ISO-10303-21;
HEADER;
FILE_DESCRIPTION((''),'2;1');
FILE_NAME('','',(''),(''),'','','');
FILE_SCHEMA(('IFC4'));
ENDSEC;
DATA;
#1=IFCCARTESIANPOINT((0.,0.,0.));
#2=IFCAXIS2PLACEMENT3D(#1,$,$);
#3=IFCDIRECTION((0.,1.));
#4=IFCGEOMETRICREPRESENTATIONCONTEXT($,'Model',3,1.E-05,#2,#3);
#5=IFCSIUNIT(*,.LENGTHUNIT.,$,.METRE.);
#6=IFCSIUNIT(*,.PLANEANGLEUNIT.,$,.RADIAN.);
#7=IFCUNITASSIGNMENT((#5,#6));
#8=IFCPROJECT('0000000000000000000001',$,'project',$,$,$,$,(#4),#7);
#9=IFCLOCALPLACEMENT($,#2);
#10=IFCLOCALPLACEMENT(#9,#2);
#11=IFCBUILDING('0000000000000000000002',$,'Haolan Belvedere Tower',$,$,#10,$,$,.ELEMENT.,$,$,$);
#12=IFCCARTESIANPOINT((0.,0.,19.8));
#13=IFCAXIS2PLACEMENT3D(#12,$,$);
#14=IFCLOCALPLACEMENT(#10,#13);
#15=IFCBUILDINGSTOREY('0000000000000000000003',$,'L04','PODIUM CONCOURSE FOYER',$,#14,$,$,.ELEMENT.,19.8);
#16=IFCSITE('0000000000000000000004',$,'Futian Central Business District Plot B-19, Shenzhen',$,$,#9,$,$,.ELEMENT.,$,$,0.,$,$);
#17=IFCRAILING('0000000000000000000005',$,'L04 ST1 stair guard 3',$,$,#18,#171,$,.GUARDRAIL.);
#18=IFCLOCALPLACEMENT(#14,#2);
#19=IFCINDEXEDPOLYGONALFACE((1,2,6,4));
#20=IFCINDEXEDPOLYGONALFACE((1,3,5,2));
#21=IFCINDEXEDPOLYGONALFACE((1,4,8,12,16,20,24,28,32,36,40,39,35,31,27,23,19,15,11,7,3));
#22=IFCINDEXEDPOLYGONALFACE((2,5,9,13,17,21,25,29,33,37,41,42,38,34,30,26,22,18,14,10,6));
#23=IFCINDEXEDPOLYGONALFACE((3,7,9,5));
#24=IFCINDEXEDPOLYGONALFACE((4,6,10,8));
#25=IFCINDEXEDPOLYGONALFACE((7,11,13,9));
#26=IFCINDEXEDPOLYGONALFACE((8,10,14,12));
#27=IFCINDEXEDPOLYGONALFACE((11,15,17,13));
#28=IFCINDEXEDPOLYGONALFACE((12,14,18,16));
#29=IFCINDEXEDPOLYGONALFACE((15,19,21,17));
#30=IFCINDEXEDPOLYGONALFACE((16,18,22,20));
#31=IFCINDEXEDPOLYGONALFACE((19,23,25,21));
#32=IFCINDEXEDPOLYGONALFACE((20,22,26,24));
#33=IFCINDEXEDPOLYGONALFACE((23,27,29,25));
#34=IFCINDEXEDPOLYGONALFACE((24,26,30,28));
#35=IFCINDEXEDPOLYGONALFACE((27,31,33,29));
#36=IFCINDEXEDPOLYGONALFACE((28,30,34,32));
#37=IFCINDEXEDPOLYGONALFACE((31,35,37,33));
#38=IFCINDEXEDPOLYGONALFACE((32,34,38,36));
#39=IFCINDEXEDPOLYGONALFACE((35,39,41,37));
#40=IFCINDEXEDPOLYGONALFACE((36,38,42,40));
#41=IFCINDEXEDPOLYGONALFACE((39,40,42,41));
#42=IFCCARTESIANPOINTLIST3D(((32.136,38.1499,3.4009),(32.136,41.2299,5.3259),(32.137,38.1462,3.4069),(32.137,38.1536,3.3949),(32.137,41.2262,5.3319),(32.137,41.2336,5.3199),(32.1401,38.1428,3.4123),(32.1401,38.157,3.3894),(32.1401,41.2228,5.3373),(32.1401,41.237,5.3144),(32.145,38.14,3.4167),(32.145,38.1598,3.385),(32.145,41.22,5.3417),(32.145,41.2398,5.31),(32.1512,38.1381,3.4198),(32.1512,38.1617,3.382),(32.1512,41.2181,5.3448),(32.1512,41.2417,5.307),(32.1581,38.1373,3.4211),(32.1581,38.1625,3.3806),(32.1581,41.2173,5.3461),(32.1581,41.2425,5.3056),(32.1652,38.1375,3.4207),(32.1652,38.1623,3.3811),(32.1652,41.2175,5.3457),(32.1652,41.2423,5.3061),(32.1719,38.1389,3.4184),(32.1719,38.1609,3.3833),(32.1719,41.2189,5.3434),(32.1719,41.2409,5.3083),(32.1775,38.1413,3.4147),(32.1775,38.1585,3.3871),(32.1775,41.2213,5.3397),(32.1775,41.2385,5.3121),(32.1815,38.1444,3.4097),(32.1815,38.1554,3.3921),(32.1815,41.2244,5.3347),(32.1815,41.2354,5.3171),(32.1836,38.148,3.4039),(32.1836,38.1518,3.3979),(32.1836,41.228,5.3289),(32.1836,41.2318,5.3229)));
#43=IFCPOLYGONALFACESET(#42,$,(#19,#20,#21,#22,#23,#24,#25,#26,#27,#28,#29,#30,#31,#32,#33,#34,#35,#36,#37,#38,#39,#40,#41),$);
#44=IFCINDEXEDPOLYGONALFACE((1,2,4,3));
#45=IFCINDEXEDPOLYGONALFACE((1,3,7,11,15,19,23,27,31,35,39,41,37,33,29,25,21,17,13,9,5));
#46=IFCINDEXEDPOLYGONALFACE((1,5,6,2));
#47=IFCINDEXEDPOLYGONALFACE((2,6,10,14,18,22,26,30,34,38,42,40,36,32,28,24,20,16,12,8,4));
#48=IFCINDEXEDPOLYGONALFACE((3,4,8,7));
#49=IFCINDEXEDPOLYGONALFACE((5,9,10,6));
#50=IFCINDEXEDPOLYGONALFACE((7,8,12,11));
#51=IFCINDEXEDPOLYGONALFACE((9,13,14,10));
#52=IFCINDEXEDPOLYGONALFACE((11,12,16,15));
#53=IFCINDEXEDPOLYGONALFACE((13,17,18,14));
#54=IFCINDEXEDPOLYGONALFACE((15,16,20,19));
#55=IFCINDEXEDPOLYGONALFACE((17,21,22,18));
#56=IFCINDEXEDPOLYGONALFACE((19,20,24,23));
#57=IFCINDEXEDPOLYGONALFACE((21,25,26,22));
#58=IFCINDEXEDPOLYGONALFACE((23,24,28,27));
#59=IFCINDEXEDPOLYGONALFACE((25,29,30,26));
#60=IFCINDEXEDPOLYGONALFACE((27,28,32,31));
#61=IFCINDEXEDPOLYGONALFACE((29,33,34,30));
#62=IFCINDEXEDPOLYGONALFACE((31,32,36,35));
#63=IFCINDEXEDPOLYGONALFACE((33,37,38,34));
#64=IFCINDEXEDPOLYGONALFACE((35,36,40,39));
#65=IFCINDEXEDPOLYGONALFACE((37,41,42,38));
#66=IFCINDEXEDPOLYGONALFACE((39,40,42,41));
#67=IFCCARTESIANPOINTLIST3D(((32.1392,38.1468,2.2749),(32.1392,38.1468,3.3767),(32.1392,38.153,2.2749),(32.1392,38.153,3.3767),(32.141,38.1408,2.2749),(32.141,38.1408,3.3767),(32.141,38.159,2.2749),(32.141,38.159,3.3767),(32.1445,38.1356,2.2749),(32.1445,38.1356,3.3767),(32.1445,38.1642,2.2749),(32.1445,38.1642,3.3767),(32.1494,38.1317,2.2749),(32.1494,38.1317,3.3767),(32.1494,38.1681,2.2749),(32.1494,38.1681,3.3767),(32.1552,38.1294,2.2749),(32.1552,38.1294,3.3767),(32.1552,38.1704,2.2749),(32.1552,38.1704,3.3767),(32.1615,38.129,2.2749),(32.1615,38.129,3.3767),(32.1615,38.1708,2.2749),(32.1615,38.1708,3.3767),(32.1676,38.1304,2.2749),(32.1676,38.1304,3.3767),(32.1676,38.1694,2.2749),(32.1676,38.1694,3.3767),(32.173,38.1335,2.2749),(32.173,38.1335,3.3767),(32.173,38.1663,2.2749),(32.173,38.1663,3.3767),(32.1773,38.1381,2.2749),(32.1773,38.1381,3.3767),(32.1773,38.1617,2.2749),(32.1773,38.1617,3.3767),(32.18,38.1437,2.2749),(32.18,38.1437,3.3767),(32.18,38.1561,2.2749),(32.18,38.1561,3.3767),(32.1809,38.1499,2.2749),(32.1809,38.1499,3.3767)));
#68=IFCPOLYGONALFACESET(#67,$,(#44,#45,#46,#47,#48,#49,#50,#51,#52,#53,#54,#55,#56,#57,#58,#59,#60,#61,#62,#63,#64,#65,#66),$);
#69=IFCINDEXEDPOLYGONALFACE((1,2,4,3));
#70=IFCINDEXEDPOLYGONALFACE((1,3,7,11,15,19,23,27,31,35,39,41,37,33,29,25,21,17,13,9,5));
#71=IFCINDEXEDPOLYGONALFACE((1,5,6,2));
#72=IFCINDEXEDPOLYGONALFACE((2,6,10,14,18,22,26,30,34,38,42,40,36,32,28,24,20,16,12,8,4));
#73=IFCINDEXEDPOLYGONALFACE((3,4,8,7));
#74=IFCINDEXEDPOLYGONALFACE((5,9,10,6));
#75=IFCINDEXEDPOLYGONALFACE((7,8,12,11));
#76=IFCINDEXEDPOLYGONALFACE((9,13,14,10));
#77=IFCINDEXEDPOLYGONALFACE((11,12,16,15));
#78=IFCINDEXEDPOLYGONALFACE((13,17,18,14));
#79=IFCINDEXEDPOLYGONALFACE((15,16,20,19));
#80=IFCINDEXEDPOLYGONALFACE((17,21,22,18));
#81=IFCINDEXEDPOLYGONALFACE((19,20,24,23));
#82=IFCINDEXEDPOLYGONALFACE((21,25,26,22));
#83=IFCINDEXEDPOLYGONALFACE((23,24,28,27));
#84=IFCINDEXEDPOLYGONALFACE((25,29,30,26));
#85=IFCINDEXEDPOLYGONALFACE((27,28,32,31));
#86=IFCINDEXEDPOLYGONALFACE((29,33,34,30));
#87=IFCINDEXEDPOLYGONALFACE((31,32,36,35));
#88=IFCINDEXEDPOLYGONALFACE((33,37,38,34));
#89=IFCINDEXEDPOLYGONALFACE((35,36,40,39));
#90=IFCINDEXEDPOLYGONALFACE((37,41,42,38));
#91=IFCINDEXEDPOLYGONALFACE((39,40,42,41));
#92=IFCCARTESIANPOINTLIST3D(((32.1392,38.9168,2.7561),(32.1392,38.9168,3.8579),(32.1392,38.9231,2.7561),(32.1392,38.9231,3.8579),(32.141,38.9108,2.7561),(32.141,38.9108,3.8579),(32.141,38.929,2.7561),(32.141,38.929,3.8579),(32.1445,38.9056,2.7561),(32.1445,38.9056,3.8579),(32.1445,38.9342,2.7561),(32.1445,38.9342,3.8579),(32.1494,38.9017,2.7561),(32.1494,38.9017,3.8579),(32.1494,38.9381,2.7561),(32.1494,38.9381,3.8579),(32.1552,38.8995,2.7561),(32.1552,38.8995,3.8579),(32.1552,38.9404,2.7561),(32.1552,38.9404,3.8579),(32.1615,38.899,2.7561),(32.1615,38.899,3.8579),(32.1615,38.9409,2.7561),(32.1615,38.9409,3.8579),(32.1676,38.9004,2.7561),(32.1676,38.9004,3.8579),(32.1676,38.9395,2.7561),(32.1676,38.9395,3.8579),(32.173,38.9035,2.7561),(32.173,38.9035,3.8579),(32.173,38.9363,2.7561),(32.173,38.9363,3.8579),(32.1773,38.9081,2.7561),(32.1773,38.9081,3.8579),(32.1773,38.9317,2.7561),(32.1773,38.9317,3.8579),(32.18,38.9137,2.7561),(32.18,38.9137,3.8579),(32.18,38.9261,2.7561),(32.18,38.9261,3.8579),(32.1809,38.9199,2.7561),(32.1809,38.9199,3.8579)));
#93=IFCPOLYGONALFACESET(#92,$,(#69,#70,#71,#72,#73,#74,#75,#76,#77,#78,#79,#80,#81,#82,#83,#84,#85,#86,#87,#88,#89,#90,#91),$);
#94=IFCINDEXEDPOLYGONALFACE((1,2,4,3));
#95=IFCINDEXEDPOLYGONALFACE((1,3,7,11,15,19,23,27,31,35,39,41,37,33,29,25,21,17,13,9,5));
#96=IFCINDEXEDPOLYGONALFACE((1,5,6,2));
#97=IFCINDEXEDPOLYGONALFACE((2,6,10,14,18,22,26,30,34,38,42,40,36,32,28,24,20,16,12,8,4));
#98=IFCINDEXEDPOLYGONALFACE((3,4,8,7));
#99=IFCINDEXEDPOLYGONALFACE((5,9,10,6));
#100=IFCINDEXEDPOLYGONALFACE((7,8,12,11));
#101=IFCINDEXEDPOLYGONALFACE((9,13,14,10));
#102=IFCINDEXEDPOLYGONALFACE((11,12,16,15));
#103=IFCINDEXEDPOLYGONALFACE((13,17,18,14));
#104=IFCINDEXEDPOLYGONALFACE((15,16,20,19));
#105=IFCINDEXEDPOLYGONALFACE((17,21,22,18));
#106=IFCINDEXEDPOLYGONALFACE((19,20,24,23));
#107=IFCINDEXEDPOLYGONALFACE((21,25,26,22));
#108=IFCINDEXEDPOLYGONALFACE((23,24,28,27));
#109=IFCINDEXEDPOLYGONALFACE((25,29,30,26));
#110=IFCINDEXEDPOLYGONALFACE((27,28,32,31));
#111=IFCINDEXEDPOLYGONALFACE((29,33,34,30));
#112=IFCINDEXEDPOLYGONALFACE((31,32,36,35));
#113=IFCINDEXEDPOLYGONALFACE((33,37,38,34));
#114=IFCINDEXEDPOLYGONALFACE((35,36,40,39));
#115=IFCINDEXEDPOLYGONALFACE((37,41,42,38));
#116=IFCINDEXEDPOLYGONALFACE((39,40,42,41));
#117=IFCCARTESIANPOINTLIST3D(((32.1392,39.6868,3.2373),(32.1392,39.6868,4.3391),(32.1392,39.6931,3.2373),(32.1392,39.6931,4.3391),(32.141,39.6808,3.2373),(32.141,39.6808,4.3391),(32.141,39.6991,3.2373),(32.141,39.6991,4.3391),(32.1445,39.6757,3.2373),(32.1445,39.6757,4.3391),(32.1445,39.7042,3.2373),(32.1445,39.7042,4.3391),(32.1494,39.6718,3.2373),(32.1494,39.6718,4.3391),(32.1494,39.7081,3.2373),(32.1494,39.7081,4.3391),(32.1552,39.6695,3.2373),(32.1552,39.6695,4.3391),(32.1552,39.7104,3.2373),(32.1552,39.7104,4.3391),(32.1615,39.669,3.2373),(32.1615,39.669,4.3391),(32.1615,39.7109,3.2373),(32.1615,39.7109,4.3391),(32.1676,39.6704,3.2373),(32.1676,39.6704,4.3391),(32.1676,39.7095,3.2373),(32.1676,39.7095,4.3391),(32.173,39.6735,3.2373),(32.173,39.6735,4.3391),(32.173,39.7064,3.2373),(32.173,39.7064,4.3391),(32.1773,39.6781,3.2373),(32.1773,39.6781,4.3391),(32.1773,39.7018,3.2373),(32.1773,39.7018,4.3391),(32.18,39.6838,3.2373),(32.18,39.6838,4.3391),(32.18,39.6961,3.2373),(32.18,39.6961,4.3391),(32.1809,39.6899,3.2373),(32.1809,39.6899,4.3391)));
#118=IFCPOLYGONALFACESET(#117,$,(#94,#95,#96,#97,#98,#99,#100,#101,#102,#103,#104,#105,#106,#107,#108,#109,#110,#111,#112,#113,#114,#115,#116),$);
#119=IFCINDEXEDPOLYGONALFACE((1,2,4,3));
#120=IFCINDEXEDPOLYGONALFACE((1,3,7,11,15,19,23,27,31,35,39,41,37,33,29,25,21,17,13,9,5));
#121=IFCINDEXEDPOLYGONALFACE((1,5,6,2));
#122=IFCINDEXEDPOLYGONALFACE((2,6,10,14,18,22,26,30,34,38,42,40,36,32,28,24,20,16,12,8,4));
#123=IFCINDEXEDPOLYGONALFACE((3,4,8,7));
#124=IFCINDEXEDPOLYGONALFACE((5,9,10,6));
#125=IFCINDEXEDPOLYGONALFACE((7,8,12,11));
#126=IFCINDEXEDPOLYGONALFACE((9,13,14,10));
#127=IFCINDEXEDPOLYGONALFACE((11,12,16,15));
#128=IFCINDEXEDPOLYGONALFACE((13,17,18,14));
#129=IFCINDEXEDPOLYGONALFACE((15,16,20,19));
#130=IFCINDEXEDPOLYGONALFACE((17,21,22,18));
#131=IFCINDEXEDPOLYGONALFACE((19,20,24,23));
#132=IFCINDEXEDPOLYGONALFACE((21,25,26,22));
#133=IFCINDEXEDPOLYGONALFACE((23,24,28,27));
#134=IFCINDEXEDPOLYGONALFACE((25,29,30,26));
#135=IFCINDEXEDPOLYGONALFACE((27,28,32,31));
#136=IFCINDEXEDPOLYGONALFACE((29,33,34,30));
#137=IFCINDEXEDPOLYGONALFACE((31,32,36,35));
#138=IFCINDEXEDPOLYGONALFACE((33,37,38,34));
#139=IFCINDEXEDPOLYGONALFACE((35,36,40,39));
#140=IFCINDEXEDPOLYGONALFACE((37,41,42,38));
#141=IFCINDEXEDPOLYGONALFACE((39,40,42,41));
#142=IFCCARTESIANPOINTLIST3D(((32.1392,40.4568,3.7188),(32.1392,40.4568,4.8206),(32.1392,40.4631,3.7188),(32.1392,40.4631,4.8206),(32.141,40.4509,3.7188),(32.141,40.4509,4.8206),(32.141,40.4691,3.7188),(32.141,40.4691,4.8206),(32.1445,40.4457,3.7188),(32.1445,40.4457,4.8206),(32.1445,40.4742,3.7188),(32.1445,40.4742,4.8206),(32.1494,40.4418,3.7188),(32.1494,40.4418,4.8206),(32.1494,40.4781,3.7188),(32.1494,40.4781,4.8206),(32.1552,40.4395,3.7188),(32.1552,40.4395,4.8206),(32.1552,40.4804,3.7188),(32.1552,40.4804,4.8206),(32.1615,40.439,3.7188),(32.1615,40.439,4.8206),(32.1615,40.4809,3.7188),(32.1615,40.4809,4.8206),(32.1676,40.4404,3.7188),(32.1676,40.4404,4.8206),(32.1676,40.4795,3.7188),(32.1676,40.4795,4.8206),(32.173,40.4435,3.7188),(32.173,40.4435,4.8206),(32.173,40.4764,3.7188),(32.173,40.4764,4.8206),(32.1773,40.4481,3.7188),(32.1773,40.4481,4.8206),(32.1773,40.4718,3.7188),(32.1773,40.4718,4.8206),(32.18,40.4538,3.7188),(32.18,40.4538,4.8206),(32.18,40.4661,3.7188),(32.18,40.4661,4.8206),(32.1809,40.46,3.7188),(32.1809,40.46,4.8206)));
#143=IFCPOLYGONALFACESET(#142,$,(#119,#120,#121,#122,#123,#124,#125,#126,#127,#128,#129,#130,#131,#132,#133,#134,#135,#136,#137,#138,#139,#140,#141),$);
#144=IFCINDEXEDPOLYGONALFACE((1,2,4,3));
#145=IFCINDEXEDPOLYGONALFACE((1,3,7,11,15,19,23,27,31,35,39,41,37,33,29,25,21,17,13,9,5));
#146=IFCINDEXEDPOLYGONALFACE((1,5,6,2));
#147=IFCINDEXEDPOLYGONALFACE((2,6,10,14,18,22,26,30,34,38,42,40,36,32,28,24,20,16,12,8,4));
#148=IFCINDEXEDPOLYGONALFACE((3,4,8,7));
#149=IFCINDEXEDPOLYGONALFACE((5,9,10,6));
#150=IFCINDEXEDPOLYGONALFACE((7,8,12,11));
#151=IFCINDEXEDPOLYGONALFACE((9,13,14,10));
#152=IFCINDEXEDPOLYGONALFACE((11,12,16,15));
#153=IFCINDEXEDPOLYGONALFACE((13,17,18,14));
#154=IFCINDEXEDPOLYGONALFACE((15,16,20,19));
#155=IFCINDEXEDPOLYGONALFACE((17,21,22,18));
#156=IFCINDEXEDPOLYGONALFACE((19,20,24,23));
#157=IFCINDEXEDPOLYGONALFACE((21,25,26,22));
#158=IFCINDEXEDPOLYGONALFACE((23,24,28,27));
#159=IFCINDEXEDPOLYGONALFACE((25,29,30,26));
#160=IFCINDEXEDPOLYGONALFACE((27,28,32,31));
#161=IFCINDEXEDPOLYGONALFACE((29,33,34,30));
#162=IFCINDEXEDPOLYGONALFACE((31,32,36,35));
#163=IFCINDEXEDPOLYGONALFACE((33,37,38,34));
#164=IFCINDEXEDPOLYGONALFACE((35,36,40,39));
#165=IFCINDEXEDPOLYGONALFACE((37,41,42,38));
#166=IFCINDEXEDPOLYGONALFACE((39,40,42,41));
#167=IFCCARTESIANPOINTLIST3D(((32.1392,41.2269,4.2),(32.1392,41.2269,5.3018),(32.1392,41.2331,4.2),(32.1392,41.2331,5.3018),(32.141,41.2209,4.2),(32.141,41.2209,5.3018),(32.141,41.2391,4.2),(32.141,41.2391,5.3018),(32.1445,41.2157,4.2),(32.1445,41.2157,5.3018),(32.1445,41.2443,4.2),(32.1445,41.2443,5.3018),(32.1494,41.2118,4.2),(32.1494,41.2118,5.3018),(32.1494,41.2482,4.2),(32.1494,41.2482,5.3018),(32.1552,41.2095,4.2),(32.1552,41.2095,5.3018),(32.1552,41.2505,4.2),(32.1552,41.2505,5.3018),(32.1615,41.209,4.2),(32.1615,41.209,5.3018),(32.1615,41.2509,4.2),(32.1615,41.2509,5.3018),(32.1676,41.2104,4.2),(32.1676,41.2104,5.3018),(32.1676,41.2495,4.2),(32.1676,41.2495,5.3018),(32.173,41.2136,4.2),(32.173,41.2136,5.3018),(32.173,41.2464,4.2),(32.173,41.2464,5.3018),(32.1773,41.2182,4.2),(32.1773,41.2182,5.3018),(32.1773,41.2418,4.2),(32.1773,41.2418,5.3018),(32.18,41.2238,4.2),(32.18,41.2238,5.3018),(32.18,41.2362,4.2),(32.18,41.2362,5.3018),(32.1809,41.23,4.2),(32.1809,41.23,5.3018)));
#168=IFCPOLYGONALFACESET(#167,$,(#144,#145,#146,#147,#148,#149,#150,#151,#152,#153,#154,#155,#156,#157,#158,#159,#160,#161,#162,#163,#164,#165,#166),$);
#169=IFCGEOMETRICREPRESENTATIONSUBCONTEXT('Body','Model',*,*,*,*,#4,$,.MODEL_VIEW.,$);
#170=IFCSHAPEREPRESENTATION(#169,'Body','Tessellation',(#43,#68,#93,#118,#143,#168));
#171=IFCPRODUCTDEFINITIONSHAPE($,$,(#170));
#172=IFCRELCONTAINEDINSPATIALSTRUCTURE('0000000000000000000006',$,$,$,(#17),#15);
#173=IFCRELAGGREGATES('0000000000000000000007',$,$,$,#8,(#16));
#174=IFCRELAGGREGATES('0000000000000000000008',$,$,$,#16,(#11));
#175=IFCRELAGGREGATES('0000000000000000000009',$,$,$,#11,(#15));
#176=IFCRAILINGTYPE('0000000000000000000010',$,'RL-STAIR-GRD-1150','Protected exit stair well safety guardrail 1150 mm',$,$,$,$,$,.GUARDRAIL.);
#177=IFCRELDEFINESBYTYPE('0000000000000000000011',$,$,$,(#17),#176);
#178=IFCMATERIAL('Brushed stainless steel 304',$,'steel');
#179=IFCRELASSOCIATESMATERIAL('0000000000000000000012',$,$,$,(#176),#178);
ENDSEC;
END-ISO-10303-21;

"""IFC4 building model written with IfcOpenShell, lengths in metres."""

from ifc_helpers import new_model, si_unit, direction, frame, origin, origin_2d, place, context, subcontext, project, spatial, circle, extrude, material, type_object, element, save


model = new_model("IFC4")

# Units and contexts
model_context = context("Model", 3, precision=1e-05, world=origin(), true_north=direction((0.0, 1.0)))
body_context = subcontext(model_context, "Body", "Model", "MODEL_VIEW")
ifc_project = project(units=[si_unit("LENGTHUNIT", "METRE"), si_unit("PLANEANGLEUNIT", "RADIAN")], contexts=[model_context])

# Site, building, storey
site_placement = place(None, origin())
site = spatial("IfcSite", under=ifc_project, at=site_placement, Name="Futian Central Business District Plot B-19, Shenzhen", CompositionType="ELEMENT", RefElevation=0.0)
building_placement = place(site_placement, origin())
building = spatial("IfcBuilding", under=site, at=building_placement, Name="Haolan Belvedere Tower", CompositionType="ELEMENT")
storey_placement = place(building_placement, frame((0.0, 0.0, 19.8)))
storey = spatial("IfcBuildingStorey", under=building, at=storey_placement, Name="L04", Description="PODIUM CONCOURSE FOYER", CompositionType="ELEMENT", Elevation=19.8)

# Railing
ifc_material_1 = material(Name="Brushed stainless steel 304", Category="steel")
railing_type_1 = type_object("IfcRailingType", Name="RL-STAIR-GRD-1150", Description="Protected exit stair well safety guardrail 1150 mm", PredefinedType="GUARDRAIL", material=ifc_material_1)
railing_1_placement = place(storey_placement, frame((32.1599, 38.1499, 2.2749)))
element("IfcRailing", 1, at=railing_1_placement, inside=storey, type_object=railing_type_1, Name="L04 ST1 stair guard 3", PredefinedType="GUARDRAIL", context=body_context, shape_type="SweptSolid", body=[
    extrude(circle(Radius=0.0239, at=origin_2d()), frame((0.0, 0.0, 1.126), z_axis=(0.0, 0.847998, 0.529999), x_axis=(-1.0, 0.0, 0.0)), (0.0, 0.0, 1.0), 3.6321),
    extrude(circle(Radius=0.021, at=origin_2d()), origin(), (0.0, 0.0, 1.0), 1.1018),
    extrude(circle(Radius=0.021, at=origin_2d()), frame((0.0, 0.77, 0.4812)), (0.0, 0.0, 1.0), 1.1018),
    extrude(circle(Radius=0.021, at=origin_2d()), frame((0.0, 1.54, 0.9624)), (0.0, 0.0, 1.0), 1.1018),
    extrude(circle(Radius=0.021, at=origin_2d()), frame((0.0, 2.3101, 1.4438)), (0.0, 0.0, 1.0), 1.1018),
    extrude(circle(Radius=0.021, at=origin_2d()), frame((0.0, 3.0801, 1.925)), (0.0, 0.0, 1.0), 1.1018),
])

save(model, "model.ifc")
